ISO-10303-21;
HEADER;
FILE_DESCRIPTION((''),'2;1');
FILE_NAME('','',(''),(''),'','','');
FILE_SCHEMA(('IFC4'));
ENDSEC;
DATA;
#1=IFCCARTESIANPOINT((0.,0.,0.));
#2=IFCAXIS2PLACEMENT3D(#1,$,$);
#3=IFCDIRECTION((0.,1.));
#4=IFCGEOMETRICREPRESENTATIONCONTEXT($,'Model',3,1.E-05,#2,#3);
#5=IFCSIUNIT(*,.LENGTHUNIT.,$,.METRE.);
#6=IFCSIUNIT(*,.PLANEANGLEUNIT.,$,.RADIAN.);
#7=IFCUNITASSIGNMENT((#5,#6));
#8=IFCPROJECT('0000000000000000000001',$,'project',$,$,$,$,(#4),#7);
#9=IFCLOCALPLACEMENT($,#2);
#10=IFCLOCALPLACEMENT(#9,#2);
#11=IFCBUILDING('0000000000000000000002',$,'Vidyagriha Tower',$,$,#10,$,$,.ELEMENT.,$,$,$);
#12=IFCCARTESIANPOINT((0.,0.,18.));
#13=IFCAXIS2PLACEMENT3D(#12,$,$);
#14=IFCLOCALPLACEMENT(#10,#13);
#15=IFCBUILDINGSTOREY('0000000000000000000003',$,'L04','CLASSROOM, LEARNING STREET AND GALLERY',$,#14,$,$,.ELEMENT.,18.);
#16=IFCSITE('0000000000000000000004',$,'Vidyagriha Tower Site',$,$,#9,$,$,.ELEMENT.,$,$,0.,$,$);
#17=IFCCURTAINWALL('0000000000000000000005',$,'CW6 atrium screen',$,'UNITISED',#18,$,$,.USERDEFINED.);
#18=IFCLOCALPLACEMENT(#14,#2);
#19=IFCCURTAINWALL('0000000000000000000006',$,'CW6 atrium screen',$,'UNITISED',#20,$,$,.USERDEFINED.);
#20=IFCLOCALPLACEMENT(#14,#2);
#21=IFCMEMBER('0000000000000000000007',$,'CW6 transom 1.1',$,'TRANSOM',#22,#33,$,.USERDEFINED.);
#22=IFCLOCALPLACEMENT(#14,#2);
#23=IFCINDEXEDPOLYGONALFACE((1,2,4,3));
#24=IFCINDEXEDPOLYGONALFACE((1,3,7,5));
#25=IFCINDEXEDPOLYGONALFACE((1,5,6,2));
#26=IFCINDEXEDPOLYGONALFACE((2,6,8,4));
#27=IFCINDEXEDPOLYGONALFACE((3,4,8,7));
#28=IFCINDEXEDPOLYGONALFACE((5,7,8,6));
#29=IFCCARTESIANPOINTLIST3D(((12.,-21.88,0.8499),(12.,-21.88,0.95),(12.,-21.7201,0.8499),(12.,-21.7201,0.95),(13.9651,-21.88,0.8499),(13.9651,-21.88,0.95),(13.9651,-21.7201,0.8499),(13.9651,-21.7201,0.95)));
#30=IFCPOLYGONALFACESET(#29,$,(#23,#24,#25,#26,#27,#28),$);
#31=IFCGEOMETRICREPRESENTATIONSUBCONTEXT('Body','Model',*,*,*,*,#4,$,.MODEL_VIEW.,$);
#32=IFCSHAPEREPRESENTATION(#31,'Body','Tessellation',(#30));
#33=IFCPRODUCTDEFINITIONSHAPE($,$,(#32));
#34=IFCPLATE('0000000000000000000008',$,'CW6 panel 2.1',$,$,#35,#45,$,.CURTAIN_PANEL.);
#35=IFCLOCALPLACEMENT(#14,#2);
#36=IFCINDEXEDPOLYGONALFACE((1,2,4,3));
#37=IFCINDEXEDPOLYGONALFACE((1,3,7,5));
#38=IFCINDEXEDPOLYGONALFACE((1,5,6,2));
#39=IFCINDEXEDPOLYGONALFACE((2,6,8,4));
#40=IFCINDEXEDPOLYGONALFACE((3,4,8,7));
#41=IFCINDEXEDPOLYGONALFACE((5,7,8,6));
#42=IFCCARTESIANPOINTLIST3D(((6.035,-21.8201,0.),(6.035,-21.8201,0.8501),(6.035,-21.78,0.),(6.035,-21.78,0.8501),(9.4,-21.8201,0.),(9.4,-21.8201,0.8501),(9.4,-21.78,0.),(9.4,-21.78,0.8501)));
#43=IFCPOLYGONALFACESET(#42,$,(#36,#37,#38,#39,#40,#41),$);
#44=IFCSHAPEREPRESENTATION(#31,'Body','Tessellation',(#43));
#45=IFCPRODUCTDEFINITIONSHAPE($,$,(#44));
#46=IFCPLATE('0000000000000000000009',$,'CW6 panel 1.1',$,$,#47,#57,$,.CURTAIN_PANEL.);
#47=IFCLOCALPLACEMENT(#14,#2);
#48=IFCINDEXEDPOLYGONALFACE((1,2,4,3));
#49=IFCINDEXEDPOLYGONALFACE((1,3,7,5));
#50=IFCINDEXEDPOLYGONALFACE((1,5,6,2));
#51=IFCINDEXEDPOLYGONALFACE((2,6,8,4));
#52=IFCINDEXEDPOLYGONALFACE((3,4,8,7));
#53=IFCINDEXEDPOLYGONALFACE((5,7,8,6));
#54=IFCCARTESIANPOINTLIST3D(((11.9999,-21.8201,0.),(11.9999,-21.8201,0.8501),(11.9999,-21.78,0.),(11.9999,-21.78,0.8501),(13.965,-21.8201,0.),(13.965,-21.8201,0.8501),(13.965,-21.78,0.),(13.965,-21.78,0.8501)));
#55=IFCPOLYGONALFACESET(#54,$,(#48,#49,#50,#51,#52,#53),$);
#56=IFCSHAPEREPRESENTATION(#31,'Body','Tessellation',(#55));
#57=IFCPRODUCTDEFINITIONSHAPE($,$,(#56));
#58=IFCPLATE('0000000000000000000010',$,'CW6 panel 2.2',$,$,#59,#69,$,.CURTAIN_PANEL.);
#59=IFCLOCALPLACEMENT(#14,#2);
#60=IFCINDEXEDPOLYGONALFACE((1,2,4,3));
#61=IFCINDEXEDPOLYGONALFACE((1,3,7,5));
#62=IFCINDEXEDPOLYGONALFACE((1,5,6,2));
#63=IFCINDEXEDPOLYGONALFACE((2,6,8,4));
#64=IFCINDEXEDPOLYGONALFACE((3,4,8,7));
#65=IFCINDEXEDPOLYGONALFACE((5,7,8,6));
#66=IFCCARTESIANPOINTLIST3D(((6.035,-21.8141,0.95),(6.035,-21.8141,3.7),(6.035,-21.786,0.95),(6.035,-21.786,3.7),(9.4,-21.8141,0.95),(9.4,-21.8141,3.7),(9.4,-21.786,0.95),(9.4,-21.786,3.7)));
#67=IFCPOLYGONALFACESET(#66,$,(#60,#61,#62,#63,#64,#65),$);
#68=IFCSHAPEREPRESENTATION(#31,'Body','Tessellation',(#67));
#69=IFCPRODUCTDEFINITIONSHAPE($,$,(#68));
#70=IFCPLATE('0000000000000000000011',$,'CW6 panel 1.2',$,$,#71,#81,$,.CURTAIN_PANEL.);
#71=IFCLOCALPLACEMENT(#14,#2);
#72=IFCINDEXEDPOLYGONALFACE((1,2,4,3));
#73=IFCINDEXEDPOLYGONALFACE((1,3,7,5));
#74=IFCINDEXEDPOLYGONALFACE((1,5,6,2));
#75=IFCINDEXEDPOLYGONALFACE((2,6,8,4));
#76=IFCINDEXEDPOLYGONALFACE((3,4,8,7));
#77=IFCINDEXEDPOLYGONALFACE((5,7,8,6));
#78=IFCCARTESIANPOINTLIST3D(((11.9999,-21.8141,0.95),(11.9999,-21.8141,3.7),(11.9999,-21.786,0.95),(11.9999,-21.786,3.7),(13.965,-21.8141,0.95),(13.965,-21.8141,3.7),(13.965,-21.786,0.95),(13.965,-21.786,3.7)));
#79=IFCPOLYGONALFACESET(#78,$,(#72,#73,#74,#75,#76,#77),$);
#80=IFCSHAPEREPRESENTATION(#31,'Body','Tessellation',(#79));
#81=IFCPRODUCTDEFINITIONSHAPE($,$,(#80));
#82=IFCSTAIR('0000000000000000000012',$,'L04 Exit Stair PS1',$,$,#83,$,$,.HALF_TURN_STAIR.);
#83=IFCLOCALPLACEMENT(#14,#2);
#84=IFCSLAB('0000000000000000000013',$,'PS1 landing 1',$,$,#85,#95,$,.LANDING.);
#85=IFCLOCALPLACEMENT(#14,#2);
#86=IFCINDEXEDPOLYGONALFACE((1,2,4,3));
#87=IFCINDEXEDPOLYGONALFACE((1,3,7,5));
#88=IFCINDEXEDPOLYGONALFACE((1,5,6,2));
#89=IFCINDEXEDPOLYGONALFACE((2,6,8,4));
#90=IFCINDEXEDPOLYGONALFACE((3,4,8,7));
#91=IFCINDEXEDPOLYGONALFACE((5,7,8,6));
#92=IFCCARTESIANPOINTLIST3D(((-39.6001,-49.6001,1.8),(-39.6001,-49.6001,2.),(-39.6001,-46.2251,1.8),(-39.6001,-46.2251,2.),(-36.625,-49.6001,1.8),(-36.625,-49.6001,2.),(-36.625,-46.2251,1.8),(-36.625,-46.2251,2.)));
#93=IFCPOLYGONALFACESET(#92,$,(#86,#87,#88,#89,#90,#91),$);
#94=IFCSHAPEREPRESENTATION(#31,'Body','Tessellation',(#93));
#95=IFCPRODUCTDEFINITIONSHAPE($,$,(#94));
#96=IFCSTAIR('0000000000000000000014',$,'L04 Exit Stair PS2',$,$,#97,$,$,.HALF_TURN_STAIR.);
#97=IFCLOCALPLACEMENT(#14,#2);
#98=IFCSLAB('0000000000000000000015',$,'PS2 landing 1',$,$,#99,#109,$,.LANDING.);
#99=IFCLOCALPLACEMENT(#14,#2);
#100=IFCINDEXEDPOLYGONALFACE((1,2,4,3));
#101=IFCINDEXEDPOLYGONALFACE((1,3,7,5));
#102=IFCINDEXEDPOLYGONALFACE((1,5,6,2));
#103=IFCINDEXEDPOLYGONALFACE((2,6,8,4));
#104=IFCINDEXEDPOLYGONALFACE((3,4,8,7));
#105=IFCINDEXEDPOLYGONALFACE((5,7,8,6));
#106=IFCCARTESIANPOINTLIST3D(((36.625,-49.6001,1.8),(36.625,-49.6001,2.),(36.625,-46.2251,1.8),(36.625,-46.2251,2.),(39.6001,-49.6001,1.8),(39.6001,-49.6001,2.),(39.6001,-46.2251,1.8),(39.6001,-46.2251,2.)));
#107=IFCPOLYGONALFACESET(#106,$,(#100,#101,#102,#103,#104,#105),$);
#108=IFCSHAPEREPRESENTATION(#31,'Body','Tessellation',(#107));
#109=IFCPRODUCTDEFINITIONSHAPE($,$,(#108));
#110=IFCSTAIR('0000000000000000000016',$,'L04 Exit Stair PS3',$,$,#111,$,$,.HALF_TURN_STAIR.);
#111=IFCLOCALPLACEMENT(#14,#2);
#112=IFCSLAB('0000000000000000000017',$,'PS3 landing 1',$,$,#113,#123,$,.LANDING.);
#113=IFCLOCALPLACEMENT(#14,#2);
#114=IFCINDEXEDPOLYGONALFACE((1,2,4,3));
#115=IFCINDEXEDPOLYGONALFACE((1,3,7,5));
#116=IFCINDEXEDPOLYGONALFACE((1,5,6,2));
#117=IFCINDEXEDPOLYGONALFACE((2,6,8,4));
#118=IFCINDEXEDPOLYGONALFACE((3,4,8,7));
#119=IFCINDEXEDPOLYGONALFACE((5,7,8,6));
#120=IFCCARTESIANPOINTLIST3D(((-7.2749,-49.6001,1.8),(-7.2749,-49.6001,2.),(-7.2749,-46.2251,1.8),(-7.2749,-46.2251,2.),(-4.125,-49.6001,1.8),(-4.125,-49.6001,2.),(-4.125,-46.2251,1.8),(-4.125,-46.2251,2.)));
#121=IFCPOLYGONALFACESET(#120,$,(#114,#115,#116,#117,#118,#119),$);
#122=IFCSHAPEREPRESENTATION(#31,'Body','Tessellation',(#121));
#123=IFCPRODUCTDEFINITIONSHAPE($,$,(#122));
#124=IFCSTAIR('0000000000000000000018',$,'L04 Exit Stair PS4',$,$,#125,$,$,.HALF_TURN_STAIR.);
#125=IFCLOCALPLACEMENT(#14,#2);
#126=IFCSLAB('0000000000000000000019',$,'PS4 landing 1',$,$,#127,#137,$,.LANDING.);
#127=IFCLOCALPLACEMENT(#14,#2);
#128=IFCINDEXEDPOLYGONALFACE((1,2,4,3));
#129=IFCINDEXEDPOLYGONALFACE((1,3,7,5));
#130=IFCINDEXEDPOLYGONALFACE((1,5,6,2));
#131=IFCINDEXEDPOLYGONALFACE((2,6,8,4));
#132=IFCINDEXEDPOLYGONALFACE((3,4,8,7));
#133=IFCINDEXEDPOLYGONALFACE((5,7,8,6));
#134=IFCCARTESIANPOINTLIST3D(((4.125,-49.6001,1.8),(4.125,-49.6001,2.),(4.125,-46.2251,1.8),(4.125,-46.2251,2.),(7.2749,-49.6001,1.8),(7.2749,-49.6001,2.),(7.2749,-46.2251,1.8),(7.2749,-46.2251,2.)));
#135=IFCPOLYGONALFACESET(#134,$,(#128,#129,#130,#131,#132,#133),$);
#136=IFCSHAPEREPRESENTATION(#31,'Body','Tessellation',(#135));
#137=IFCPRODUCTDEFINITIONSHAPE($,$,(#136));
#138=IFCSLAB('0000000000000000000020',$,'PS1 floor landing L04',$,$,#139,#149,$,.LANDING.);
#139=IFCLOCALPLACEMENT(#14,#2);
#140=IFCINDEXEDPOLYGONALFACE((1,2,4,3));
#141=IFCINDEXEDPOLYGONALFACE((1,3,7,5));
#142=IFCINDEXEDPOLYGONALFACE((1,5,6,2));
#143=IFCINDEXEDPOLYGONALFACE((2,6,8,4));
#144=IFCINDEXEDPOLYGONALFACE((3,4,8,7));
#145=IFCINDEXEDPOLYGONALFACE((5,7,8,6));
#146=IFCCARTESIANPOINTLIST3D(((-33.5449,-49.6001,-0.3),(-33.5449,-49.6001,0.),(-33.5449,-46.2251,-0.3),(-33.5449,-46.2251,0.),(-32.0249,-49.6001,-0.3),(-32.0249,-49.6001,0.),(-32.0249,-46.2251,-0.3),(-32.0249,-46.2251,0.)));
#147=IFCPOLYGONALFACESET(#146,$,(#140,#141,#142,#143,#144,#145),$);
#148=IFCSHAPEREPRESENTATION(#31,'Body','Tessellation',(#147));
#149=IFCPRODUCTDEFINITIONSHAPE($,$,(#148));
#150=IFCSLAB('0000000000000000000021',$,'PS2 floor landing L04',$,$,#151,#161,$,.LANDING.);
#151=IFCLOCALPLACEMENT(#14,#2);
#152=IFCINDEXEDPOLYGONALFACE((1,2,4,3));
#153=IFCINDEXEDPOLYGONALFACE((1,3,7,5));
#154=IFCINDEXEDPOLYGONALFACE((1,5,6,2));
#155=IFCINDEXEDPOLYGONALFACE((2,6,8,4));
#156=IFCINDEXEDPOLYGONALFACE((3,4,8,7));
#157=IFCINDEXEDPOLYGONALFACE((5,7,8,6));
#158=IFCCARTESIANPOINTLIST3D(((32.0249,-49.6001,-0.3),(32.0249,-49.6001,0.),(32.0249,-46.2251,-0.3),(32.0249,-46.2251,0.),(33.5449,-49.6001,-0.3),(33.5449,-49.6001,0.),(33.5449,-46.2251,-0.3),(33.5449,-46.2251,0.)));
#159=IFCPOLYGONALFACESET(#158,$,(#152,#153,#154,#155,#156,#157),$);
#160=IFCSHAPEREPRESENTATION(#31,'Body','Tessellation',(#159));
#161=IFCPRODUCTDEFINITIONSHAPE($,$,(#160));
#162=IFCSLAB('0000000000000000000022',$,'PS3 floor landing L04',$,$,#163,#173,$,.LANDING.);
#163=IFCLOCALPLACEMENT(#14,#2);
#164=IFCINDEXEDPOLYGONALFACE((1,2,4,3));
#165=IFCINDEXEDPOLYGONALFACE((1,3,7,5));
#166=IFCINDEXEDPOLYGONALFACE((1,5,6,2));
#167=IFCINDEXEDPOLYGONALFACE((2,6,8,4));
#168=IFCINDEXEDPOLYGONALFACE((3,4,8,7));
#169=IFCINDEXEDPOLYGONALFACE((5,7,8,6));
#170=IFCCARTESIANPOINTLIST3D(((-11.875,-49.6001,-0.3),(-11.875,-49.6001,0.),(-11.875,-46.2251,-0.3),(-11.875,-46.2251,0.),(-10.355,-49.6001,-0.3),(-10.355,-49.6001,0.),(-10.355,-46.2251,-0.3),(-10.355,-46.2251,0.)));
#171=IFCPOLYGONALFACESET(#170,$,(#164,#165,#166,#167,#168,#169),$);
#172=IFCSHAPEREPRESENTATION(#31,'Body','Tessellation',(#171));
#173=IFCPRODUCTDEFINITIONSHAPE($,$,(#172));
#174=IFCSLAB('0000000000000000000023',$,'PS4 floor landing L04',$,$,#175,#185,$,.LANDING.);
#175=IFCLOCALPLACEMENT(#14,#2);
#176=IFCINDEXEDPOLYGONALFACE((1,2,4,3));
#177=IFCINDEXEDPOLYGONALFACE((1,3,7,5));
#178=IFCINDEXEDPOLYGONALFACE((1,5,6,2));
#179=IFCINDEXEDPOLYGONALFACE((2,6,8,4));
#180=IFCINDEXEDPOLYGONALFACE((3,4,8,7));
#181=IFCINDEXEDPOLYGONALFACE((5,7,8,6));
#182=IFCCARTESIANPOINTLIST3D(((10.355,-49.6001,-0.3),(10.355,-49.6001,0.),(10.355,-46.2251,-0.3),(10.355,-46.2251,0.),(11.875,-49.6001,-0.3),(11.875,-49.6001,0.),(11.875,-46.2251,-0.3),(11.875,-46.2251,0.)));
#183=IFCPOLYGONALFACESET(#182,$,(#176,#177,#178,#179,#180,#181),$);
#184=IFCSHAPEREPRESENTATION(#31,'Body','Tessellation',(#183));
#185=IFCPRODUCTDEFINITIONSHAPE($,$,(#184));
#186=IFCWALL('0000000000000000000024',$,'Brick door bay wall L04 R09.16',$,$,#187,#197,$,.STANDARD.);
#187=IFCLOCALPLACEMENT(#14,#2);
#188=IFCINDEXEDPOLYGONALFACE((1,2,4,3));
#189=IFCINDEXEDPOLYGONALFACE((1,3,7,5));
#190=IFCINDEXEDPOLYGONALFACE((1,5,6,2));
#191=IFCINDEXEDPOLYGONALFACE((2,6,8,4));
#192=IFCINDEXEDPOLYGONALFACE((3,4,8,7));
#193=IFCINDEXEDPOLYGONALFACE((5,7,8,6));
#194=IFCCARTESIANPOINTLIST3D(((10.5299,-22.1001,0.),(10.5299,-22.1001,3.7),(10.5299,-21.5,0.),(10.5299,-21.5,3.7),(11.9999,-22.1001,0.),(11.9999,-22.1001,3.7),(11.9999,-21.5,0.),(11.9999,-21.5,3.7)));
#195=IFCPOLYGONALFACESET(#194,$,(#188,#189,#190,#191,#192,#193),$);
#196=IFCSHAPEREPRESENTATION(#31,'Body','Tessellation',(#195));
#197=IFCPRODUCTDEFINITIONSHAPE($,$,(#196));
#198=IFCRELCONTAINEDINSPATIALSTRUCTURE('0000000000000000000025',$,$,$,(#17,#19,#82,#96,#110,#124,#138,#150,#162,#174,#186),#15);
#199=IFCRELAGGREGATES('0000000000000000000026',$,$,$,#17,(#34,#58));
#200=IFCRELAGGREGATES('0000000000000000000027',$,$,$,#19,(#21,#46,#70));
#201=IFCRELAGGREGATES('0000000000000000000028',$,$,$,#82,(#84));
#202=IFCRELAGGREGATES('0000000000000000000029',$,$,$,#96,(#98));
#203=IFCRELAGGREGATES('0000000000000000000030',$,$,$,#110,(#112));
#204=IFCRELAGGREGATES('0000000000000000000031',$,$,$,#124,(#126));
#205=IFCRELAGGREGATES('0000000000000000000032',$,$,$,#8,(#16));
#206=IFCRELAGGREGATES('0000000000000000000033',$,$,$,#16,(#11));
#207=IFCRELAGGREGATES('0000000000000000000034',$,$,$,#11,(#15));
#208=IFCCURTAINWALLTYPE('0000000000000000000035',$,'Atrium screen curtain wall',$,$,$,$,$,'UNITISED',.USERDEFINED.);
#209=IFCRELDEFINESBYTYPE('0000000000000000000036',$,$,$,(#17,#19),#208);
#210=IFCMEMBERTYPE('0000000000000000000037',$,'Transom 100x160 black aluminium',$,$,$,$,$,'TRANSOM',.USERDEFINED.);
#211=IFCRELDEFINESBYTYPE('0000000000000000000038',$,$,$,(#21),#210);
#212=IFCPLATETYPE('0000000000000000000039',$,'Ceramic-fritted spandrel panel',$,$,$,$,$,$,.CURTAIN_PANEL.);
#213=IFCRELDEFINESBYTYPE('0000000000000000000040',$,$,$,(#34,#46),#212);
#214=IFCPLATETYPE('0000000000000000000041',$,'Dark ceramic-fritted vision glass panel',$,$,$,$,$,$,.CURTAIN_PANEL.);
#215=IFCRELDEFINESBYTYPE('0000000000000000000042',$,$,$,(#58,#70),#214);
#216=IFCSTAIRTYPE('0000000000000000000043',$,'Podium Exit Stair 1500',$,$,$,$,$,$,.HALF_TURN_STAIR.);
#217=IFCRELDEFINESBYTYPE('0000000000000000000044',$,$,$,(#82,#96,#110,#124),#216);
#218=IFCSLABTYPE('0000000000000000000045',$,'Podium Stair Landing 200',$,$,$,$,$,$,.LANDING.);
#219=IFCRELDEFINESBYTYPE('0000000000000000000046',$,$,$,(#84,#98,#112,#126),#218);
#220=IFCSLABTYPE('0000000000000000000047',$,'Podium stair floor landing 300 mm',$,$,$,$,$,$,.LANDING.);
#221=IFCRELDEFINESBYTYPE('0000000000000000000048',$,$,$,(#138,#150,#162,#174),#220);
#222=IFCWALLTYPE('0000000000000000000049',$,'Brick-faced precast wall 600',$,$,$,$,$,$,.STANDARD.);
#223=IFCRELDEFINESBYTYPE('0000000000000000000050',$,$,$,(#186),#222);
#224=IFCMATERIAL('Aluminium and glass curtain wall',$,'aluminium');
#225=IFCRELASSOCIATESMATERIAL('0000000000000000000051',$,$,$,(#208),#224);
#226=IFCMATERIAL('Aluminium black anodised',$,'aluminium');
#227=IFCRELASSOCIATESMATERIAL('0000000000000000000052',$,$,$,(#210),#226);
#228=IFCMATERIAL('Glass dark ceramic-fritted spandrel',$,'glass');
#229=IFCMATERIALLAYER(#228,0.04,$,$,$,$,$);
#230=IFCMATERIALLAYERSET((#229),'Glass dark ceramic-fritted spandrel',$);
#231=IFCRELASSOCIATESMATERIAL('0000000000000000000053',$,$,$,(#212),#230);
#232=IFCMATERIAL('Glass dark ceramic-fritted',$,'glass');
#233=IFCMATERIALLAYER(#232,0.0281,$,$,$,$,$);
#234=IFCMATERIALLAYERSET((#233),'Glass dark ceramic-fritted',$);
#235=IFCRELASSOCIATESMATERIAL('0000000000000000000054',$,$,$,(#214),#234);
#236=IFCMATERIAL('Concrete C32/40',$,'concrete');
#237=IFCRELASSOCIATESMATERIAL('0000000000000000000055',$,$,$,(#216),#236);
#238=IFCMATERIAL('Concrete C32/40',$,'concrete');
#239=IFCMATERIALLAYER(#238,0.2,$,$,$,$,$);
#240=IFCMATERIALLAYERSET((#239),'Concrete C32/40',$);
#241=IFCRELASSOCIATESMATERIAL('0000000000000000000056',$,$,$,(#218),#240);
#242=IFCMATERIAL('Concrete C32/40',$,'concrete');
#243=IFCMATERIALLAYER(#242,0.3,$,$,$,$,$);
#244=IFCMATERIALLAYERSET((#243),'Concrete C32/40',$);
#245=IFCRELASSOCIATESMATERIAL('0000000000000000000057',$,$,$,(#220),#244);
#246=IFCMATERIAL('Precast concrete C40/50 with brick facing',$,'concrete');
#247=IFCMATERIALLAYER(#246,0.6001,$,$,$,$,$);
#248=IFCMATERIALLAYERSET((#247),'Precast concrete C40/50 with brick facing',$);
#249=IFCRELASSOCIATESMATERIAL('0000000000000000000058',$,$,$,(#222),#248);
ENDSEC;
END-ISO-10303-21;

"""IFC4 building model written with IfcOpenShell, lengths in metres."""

from ifc_helpers import new_model, si_unit, direction, frame, frame_2d, origin, origin_2d, place, context, subcontext, project, spatial, polyline, rectangle, outline, extrude, material, layer, layer_set, material_profile, profile_set, type_object, element, aggregate, save


model = new_model("IFC4")

# Units and contexts
model_context = context("Model", 3, precision=1e-05, world=origin(), true_north=direction((0.0, 1.0)))
body_context = subcontext(model_context, "Body", "Model", "MODEL_VIEW")
ifc_project = project(units=[si_unit("LENGTHUNIT", "METRE"), si_unit("PLANEANGLEUNIT", "RADIAN")], contexts=[model_context])

# Site, building, storey
site_placement = place(None, origin())
site = spatial("IfcSite", under=ifc_project, at=site_placement, Name="Vidyagriha Tower Site", CompositionType="ELEMENT", RefElevation=0.0)
building_placement = place(site_placement, origin())
building = spatial("IfcBuilding", under=site, at=building_placement, Name="Vidyagriha Tower", CompositionType="ELEMENT")
storey_placement = place(building_placement, frame((0.0, 0.0, 18.0)))
storey = spatial("IfcBuildingStorey", under=building, at=storey_placement, Name="L04", Description="CLASSROOM, LEARNING STREET AND GALLERY", CompositionType="ELEMENT", Elevation=18.0)

# Curtain walls
ifc_material_1 = material(Name="Aluminium and glass curtain wall", Category="aluminium")
curtain_wall_type = type_object("IfcCurtainWallType", Name="Atrium screen curtain wall", ElementType="UNITISED", PredefinedType="USERDEFINED", material=ifc_material_1)
curtain_wall_1_placement = place(storey_placement, origin())
curtain_wall_1 = element("IfcCurtainWall", 1, at=curtain_wall_1_placement, inside=storey, type_object=curtain_wall_type, Name="CW6 atrium screen", ObjectType="UNITISED", PredefinedType="USERDEFINED")
curtain_wall_2_placement = place(storey_placement, origin())
curtain_wall_2 = element("IfcCurtainWall", 2, at=curtain_wall_2_placement, inside=storey, type_object=curtain_wall_type, Name="CW6 atrium screen", ObjectType="UNITISED", PredefinedType="USERDEFINED")

# Member
ifc_material_2 = material(Name="Aluminium black anodised", Category="aluminium")
ifc_material_profile_1 = material_profile(ifc_material_2, rectangle(XDim=0.1599, YDim=0.1001, at=origin_2d()), Name="Transom 100x160 black aluminium")
ifc_profile_set_1 = profile_set([ifc_material_profile_1], Name="Aluminium black anodised")
member_type_1 = type_object("IfcMemberType", Name="Transom 100x160 black aluminium", ElementType="TRANSOM", PredefinedType="USERDEFINED", material=ifc_profile_set_1)
member_1_placement = place(storey_placement, frame((12.0, -21.8, 0.8999), z_axis=(1.0, 0.0, 0.0), x_axis=(0.0, 1.0, 0.0)))
member_1 = element("IfcMember", 3, at=member_1_placement, type_object=member_type_1, Name="CW6 transom 1.1", ObjectType="TRANSOM", PredefinedType="USERDEFINED", context=body_context, shape_type="SweptSolid", body=[
    extrude(rectangle(XDim=0.1599, YDim=0.1001, at=origin_2d()), origin(), (0.0, 0.0, 1.0), 1.9651),
])

# Plates
ifc_material_3 = material(Name="Glass dark ceramic-fritted spandrel", Category="glass")
ifc_layer_1 = layer(ifc_material_3, 0.04)
ifc_layer_set_1 = layer_set([ifc_layer_1], Name="Glass dark ceramic-fritted spandrel")
plate_type_1 = type_object("IfcPlateType", Name="Ceramic-fritted spandrel panel", PredefinedType="CURTAIN_PANEL", material=ifc_layer_set_1)
plate_1_placement = place(storey_placement, frame((7.7175, -21.8, 0.0)))
plate_1 = element("IfcPlate", 4, at=plate_1_placement, type_object=plate_type_1, Name="CW6 panel 2.1", PredefinedType="CURTAIN_PANEL", context=body_context, shape_type="SweptSolid", body=[
    extrude(rectangle(XDim=3.365, YDim=0.04, at=origin_2d()), origin(), (0.0, 0.0, 1.0), 0.8501),
])
plate_2_placement = place(storey_placement, frame((12.9824, -21.8, 0.0)))
plate_2 = element("IfcPlate", 5, at=plate_2_placement, type_object=plate_type_1, Name="CW6 panel 1.1", PredefinedType="CURTAIN_PANEL", context=body_context, shape_type="SweptSolid", body=[
    extrude(rectangle(XDim=1.9651, YDim=0.04, at=origin_2d()), origin(), (0.0, 0.0, 1.0), 0.8501),
])
ifc_material_4 = material(Name="Glass dark ceramic-fritted", Category="glass")
ifc_layer_2 = layer(ifc_material_4, 0.0281)
ifc_layer_set_2 = layer_set([ifc_layer_2], Name="Glass dark ceramic-fritted")
plate_type_2 = type_object("IfcPlateType", Name="Dark ceramic-fritted vision glass panel", PredefinedType="CURTAIN_PANEL", material=ifc_layer_set_2)
plate_3_placement = place(storey_placement, frame((7.7175, -21.8, 0.95)))
plate_3 = element("IfcPlate", 6, at=plate_3_placement, type_object=plate_type_2, Name="CW6 panel 2.2", PredefinedType="CURTAIN_PANEL", context=body_context, shape_type="SweptSolid", body=[
    extrude(rectangle(XDim=3.365, YDim=0.0281, at=origin_2d()), origin(), (0.0, 0.0, 1.0), 2.75),
])
aggregate(curtain_wall_1, [plate_1, plate_3])
plate_4_placement = place(storey_placement, frame((12.9824, -21.8, 0.95)))
plate_4 = element("IfcPlate", 7, at=plate_4_placement, type_object=plate_type_2, Name="CW6 panel 1.2", PredefinedType="CURTAIN_PANEL", context=body_context, shape_type="SweptSolid", body=[
    extrude(rectangle(XDim=1.9651, YDim=0.0281, at=origin_2d()), origin(), (0.0, 0.0, 1.0), 2.75),
])
aggregate(curtain_wall_2, [member_1, plate_2, plate_4])

# Stairs, slabs
ifc_material_5 = material(Name="Concrete C32/40", Category="concrete")
stair_type = type_object("IfcStairType", Name="Podium Exit Stair 1500", PredefinedType="HALF_TURN_STAIR", material=ifc_material_5)
stair_1_placement = place(storey_placement, origin())
stair_1 = element("IfcStair", 8, at=stair_1_placement, inside=storey, type_object=stair_type, Name="L04 Exit Stair PS1", PredefinedType="HALF_TURN_STAIR")
ifc_material_6 = material(Name="Concrete C32/40", Category="concrete")
ifc_layer_3 = layer(ifc_material_6, 0.2)
ifc_layer_set_3 = layer_set([ifc_layer_3], Name="Concrete C32/40")
slab_type_1 = type_object("IfcSlabType", Name="Podium Stair Landing 200", PredefinedType="LANDING", material=ifc_layer_set_3)
slab_1_placement = place(storey_placement, frame((0.0, 0.0, 1.8)))
slab_1 = element("IfcSlab", 9, at=slab_1_placement, type_object=slab_type_1, Name="PS1 landing 1", PredefinedType="LANDING", context=body_context, shape_type="SweptSolid", body=[
    extrude(outline(polyline([(-36.625, -46.2251), (-39.6001, -46.2251), (-39.6001, -49.6001), (-36.625, -49.6001), (-36.625, -46.2251)])), origin(), (0.0, 0.0, 1.0), 0.2),
])
aggregate(stair_1, [slab_1])
stair_2_placement = place(storey_placement, origin())
stair_2 = element("IfcStair", 10, at=stair_2_placement, inside=storey, type_object=stair_type, Name="L04 Exit Stair PS2", PredefinedType="HALF_TURN_STAIR")
slab_2_placement = place(storey_placement, frame((0.0, 0.0, 1.8)))
slab_2 = element("IfcSlab", 11, at=slab_2_placement, type_object=slab_type_1, Name="PS2 landing 1", PredefinedType="LANDING", context=body_context, shape_type="SweptSolid", body=[
    extrude(outline(polyline([(36.625, -49.6001), (39.6001, -49.6001), (39.6001, -46.2251), (36.625, -46.2251), (36.625, -49.6001)])), origin(), (0.0, 0.0, 1.0), 0.2),
])
aggregate(stair_2, [slab_2])
stair_3_placement = place(storey_placement, origin())
stair_3 = element("IfcStair", 12, at=stair_3_placement, inside=storey, type_object=stair_type, Name="L04 Exit Stair PS3", PredefinedType="HALF_TURN_STAIR")
slab_3_placement = place(storey_placement, frame((0.0, 0.0, 1.8)))
slab_3 = element("IfcSlab", 13, at=slab_3_placement, type_object=slab_type_1, Name="PS3 landing 1", PredefinedType="LANDING", context=body_context, shape_type="SweptSolid", body=[
    extrude(outline(polyline([(-7.2749, -49.6001), (-4.125, -49.6001), (-4.125, -46.2251), (-7.2749, -46.2251), (-7.2749, -49.6001)])), origin(), (0.0, 0.0, 1.0), 0.2),
])
aggregate(stair_3, [slab_3])
stair_4_placement = place(storey_placement, origin())
stair_4 = element("IfcStair", 14, at=stair_4_placement, inside=storey, type_object=stair_type, Name="L04 Exit Stair PS4", PredefinedType="HALF_TURN_STAIR")
slab_4_placement = place(storey_placement, frame((0.0, 0.0, 1.8)))
slab_4 = element("IfcSlab", 15, at=slab_4_placement, type_object=slab_type_1, Name="PS4 landing 1", PredefinedType="LANDING", context=body_context, shape_type="SweptSolid", body=[
    extrude(outline(polyline([(7.2749, -46.2251), (4.125, -46.2251), (4.125, -49.6001), (7.2749, -49.6001), (7.2749, -46.2251)])), origin(), (0.0, 0.0, 1.0), 0.2),
])
aggregate(stair_4, [slab_4])

# Slabs
ifc_material_7 = material(Name="Concrete C32/40", Category="concrete")
ifc_layer_4 = layer(ifc_material_7, 0.3)
ifc_layer_set_4 = layer_set([ifc_layer_4], Name="Concrete C32/40")
slab_type_2 = type_object("IfcSlabType", Name="Podium stair floor landing 300 mm", PredefinedType="LANDING", material=ifc_layer_set_4)
slab_5_placement = place(storey_placement, frame((0.0, 0.0, -0.3)))
element("IfcSlab", 16, at=slab_5_placement, inside=storey, type_object=slab_type_2, Name="PS1 floor landing L04", PredefinedType="LANDING", context=body_context, shape_type="SweptSolid", body=[
    extrude(outline(polyline([(-33.5449, -49.6001), (-32.0249, -49.6001), (-32.0249, -46.2251), (-33.5449, -46.2251), (-33.5449, -49.6001)])), origin(), (0.0, 0.0, 1.0), 0.3),
])
slab_6_placement = place(storey_placement, frame((0.0, 0.0, -0.3)))
element("IfcSlab", 17, at=slab_6_placement, inside=storey, type_object=slab_type_2, Name="PS2 floor landing L04", PredefinedType="LANDING", context=body_context, shape_type="SweptSolid", body=[
    extrude(outline(polyline([(32.0249, -49.6001), (33.5449, -49.6001), (33.5449, -46.2251), (32.0249, -46.2251), (32.0249, -49.6001)])), origin(), (0.0, 0.0, 1.0), 0.3),
])
slab_7_placement = place(storey_placement, frame((0.0, 0.0, -0.3)))
element("IfcSlab", 18, at=slab_7_placement, inside=storey, type_object=slab_type_2, Name="PS3 floor landing L04", PredefinedType="LANDING", context=body_context, shape_type="SweptSolid", body=[
    extrude(outline(polyline([(-11.875, -49.6001), (-10.355, -49.6001), (-10.355, -46.2251), (-11.875, -46.2251), (-11.875, -49.6001)])), origin(), (0.0, 0.0, 1.0), 0.3),
])
slab_8_placement = place(storey_placement, frame((0.0, 0.0, -0.3)))
element("IfcSlab", 19, at=slab_8_placement, inside=storey, type_object=slab_type_2, Name="PS4 floor landing L04", PredefinedType="LANDING", context=body_context, shape_type="SweptSolid", body=[
    extrude(outline(polyline([(10.355, -49.6001), (11.875, -49.6001), (11.875, -46.2251), (10.355, -46.2251), (10.355, -49.6001)])), origin(), (0.0, 0.0, 1.0), 0.3),
])

# Wall
ifc_material_8 = material(Name="Precast concrete C40/50 with brick facing", Category="concrete")
ifc_layer_5 = layer(ifc_material_8, 0.6001)
ifc_layer_set_5 = layer_set([ifc_layer_5], Name="Precast concrete C40/50 with brick facing")
wall_type_1 = type_object("IfcWallType", Name="Brick-faced precast wall 600", PredefinedType="STANDARD", material=ifc_layer_set_5)
wall_1_placement = place(storey_placement, frame((10.53, -21.8, 0.0)))
element("IfcWall", 20, at=wall_1_placement, inside=storey, type_object=wall_type_1, Name="Brick door bay wall L04 R09.16", PredefinedType="STANDARD", context=body_context, shape_type="SweptSolid", body=[
    extrude(rectangle(XDim=1.47, YDim=0.6001, at=frame_2d((0.7349, 0.0))), origin(), (0.0, 0.0, 1.0), 3.7),
])

save(model, "model.ifc")
